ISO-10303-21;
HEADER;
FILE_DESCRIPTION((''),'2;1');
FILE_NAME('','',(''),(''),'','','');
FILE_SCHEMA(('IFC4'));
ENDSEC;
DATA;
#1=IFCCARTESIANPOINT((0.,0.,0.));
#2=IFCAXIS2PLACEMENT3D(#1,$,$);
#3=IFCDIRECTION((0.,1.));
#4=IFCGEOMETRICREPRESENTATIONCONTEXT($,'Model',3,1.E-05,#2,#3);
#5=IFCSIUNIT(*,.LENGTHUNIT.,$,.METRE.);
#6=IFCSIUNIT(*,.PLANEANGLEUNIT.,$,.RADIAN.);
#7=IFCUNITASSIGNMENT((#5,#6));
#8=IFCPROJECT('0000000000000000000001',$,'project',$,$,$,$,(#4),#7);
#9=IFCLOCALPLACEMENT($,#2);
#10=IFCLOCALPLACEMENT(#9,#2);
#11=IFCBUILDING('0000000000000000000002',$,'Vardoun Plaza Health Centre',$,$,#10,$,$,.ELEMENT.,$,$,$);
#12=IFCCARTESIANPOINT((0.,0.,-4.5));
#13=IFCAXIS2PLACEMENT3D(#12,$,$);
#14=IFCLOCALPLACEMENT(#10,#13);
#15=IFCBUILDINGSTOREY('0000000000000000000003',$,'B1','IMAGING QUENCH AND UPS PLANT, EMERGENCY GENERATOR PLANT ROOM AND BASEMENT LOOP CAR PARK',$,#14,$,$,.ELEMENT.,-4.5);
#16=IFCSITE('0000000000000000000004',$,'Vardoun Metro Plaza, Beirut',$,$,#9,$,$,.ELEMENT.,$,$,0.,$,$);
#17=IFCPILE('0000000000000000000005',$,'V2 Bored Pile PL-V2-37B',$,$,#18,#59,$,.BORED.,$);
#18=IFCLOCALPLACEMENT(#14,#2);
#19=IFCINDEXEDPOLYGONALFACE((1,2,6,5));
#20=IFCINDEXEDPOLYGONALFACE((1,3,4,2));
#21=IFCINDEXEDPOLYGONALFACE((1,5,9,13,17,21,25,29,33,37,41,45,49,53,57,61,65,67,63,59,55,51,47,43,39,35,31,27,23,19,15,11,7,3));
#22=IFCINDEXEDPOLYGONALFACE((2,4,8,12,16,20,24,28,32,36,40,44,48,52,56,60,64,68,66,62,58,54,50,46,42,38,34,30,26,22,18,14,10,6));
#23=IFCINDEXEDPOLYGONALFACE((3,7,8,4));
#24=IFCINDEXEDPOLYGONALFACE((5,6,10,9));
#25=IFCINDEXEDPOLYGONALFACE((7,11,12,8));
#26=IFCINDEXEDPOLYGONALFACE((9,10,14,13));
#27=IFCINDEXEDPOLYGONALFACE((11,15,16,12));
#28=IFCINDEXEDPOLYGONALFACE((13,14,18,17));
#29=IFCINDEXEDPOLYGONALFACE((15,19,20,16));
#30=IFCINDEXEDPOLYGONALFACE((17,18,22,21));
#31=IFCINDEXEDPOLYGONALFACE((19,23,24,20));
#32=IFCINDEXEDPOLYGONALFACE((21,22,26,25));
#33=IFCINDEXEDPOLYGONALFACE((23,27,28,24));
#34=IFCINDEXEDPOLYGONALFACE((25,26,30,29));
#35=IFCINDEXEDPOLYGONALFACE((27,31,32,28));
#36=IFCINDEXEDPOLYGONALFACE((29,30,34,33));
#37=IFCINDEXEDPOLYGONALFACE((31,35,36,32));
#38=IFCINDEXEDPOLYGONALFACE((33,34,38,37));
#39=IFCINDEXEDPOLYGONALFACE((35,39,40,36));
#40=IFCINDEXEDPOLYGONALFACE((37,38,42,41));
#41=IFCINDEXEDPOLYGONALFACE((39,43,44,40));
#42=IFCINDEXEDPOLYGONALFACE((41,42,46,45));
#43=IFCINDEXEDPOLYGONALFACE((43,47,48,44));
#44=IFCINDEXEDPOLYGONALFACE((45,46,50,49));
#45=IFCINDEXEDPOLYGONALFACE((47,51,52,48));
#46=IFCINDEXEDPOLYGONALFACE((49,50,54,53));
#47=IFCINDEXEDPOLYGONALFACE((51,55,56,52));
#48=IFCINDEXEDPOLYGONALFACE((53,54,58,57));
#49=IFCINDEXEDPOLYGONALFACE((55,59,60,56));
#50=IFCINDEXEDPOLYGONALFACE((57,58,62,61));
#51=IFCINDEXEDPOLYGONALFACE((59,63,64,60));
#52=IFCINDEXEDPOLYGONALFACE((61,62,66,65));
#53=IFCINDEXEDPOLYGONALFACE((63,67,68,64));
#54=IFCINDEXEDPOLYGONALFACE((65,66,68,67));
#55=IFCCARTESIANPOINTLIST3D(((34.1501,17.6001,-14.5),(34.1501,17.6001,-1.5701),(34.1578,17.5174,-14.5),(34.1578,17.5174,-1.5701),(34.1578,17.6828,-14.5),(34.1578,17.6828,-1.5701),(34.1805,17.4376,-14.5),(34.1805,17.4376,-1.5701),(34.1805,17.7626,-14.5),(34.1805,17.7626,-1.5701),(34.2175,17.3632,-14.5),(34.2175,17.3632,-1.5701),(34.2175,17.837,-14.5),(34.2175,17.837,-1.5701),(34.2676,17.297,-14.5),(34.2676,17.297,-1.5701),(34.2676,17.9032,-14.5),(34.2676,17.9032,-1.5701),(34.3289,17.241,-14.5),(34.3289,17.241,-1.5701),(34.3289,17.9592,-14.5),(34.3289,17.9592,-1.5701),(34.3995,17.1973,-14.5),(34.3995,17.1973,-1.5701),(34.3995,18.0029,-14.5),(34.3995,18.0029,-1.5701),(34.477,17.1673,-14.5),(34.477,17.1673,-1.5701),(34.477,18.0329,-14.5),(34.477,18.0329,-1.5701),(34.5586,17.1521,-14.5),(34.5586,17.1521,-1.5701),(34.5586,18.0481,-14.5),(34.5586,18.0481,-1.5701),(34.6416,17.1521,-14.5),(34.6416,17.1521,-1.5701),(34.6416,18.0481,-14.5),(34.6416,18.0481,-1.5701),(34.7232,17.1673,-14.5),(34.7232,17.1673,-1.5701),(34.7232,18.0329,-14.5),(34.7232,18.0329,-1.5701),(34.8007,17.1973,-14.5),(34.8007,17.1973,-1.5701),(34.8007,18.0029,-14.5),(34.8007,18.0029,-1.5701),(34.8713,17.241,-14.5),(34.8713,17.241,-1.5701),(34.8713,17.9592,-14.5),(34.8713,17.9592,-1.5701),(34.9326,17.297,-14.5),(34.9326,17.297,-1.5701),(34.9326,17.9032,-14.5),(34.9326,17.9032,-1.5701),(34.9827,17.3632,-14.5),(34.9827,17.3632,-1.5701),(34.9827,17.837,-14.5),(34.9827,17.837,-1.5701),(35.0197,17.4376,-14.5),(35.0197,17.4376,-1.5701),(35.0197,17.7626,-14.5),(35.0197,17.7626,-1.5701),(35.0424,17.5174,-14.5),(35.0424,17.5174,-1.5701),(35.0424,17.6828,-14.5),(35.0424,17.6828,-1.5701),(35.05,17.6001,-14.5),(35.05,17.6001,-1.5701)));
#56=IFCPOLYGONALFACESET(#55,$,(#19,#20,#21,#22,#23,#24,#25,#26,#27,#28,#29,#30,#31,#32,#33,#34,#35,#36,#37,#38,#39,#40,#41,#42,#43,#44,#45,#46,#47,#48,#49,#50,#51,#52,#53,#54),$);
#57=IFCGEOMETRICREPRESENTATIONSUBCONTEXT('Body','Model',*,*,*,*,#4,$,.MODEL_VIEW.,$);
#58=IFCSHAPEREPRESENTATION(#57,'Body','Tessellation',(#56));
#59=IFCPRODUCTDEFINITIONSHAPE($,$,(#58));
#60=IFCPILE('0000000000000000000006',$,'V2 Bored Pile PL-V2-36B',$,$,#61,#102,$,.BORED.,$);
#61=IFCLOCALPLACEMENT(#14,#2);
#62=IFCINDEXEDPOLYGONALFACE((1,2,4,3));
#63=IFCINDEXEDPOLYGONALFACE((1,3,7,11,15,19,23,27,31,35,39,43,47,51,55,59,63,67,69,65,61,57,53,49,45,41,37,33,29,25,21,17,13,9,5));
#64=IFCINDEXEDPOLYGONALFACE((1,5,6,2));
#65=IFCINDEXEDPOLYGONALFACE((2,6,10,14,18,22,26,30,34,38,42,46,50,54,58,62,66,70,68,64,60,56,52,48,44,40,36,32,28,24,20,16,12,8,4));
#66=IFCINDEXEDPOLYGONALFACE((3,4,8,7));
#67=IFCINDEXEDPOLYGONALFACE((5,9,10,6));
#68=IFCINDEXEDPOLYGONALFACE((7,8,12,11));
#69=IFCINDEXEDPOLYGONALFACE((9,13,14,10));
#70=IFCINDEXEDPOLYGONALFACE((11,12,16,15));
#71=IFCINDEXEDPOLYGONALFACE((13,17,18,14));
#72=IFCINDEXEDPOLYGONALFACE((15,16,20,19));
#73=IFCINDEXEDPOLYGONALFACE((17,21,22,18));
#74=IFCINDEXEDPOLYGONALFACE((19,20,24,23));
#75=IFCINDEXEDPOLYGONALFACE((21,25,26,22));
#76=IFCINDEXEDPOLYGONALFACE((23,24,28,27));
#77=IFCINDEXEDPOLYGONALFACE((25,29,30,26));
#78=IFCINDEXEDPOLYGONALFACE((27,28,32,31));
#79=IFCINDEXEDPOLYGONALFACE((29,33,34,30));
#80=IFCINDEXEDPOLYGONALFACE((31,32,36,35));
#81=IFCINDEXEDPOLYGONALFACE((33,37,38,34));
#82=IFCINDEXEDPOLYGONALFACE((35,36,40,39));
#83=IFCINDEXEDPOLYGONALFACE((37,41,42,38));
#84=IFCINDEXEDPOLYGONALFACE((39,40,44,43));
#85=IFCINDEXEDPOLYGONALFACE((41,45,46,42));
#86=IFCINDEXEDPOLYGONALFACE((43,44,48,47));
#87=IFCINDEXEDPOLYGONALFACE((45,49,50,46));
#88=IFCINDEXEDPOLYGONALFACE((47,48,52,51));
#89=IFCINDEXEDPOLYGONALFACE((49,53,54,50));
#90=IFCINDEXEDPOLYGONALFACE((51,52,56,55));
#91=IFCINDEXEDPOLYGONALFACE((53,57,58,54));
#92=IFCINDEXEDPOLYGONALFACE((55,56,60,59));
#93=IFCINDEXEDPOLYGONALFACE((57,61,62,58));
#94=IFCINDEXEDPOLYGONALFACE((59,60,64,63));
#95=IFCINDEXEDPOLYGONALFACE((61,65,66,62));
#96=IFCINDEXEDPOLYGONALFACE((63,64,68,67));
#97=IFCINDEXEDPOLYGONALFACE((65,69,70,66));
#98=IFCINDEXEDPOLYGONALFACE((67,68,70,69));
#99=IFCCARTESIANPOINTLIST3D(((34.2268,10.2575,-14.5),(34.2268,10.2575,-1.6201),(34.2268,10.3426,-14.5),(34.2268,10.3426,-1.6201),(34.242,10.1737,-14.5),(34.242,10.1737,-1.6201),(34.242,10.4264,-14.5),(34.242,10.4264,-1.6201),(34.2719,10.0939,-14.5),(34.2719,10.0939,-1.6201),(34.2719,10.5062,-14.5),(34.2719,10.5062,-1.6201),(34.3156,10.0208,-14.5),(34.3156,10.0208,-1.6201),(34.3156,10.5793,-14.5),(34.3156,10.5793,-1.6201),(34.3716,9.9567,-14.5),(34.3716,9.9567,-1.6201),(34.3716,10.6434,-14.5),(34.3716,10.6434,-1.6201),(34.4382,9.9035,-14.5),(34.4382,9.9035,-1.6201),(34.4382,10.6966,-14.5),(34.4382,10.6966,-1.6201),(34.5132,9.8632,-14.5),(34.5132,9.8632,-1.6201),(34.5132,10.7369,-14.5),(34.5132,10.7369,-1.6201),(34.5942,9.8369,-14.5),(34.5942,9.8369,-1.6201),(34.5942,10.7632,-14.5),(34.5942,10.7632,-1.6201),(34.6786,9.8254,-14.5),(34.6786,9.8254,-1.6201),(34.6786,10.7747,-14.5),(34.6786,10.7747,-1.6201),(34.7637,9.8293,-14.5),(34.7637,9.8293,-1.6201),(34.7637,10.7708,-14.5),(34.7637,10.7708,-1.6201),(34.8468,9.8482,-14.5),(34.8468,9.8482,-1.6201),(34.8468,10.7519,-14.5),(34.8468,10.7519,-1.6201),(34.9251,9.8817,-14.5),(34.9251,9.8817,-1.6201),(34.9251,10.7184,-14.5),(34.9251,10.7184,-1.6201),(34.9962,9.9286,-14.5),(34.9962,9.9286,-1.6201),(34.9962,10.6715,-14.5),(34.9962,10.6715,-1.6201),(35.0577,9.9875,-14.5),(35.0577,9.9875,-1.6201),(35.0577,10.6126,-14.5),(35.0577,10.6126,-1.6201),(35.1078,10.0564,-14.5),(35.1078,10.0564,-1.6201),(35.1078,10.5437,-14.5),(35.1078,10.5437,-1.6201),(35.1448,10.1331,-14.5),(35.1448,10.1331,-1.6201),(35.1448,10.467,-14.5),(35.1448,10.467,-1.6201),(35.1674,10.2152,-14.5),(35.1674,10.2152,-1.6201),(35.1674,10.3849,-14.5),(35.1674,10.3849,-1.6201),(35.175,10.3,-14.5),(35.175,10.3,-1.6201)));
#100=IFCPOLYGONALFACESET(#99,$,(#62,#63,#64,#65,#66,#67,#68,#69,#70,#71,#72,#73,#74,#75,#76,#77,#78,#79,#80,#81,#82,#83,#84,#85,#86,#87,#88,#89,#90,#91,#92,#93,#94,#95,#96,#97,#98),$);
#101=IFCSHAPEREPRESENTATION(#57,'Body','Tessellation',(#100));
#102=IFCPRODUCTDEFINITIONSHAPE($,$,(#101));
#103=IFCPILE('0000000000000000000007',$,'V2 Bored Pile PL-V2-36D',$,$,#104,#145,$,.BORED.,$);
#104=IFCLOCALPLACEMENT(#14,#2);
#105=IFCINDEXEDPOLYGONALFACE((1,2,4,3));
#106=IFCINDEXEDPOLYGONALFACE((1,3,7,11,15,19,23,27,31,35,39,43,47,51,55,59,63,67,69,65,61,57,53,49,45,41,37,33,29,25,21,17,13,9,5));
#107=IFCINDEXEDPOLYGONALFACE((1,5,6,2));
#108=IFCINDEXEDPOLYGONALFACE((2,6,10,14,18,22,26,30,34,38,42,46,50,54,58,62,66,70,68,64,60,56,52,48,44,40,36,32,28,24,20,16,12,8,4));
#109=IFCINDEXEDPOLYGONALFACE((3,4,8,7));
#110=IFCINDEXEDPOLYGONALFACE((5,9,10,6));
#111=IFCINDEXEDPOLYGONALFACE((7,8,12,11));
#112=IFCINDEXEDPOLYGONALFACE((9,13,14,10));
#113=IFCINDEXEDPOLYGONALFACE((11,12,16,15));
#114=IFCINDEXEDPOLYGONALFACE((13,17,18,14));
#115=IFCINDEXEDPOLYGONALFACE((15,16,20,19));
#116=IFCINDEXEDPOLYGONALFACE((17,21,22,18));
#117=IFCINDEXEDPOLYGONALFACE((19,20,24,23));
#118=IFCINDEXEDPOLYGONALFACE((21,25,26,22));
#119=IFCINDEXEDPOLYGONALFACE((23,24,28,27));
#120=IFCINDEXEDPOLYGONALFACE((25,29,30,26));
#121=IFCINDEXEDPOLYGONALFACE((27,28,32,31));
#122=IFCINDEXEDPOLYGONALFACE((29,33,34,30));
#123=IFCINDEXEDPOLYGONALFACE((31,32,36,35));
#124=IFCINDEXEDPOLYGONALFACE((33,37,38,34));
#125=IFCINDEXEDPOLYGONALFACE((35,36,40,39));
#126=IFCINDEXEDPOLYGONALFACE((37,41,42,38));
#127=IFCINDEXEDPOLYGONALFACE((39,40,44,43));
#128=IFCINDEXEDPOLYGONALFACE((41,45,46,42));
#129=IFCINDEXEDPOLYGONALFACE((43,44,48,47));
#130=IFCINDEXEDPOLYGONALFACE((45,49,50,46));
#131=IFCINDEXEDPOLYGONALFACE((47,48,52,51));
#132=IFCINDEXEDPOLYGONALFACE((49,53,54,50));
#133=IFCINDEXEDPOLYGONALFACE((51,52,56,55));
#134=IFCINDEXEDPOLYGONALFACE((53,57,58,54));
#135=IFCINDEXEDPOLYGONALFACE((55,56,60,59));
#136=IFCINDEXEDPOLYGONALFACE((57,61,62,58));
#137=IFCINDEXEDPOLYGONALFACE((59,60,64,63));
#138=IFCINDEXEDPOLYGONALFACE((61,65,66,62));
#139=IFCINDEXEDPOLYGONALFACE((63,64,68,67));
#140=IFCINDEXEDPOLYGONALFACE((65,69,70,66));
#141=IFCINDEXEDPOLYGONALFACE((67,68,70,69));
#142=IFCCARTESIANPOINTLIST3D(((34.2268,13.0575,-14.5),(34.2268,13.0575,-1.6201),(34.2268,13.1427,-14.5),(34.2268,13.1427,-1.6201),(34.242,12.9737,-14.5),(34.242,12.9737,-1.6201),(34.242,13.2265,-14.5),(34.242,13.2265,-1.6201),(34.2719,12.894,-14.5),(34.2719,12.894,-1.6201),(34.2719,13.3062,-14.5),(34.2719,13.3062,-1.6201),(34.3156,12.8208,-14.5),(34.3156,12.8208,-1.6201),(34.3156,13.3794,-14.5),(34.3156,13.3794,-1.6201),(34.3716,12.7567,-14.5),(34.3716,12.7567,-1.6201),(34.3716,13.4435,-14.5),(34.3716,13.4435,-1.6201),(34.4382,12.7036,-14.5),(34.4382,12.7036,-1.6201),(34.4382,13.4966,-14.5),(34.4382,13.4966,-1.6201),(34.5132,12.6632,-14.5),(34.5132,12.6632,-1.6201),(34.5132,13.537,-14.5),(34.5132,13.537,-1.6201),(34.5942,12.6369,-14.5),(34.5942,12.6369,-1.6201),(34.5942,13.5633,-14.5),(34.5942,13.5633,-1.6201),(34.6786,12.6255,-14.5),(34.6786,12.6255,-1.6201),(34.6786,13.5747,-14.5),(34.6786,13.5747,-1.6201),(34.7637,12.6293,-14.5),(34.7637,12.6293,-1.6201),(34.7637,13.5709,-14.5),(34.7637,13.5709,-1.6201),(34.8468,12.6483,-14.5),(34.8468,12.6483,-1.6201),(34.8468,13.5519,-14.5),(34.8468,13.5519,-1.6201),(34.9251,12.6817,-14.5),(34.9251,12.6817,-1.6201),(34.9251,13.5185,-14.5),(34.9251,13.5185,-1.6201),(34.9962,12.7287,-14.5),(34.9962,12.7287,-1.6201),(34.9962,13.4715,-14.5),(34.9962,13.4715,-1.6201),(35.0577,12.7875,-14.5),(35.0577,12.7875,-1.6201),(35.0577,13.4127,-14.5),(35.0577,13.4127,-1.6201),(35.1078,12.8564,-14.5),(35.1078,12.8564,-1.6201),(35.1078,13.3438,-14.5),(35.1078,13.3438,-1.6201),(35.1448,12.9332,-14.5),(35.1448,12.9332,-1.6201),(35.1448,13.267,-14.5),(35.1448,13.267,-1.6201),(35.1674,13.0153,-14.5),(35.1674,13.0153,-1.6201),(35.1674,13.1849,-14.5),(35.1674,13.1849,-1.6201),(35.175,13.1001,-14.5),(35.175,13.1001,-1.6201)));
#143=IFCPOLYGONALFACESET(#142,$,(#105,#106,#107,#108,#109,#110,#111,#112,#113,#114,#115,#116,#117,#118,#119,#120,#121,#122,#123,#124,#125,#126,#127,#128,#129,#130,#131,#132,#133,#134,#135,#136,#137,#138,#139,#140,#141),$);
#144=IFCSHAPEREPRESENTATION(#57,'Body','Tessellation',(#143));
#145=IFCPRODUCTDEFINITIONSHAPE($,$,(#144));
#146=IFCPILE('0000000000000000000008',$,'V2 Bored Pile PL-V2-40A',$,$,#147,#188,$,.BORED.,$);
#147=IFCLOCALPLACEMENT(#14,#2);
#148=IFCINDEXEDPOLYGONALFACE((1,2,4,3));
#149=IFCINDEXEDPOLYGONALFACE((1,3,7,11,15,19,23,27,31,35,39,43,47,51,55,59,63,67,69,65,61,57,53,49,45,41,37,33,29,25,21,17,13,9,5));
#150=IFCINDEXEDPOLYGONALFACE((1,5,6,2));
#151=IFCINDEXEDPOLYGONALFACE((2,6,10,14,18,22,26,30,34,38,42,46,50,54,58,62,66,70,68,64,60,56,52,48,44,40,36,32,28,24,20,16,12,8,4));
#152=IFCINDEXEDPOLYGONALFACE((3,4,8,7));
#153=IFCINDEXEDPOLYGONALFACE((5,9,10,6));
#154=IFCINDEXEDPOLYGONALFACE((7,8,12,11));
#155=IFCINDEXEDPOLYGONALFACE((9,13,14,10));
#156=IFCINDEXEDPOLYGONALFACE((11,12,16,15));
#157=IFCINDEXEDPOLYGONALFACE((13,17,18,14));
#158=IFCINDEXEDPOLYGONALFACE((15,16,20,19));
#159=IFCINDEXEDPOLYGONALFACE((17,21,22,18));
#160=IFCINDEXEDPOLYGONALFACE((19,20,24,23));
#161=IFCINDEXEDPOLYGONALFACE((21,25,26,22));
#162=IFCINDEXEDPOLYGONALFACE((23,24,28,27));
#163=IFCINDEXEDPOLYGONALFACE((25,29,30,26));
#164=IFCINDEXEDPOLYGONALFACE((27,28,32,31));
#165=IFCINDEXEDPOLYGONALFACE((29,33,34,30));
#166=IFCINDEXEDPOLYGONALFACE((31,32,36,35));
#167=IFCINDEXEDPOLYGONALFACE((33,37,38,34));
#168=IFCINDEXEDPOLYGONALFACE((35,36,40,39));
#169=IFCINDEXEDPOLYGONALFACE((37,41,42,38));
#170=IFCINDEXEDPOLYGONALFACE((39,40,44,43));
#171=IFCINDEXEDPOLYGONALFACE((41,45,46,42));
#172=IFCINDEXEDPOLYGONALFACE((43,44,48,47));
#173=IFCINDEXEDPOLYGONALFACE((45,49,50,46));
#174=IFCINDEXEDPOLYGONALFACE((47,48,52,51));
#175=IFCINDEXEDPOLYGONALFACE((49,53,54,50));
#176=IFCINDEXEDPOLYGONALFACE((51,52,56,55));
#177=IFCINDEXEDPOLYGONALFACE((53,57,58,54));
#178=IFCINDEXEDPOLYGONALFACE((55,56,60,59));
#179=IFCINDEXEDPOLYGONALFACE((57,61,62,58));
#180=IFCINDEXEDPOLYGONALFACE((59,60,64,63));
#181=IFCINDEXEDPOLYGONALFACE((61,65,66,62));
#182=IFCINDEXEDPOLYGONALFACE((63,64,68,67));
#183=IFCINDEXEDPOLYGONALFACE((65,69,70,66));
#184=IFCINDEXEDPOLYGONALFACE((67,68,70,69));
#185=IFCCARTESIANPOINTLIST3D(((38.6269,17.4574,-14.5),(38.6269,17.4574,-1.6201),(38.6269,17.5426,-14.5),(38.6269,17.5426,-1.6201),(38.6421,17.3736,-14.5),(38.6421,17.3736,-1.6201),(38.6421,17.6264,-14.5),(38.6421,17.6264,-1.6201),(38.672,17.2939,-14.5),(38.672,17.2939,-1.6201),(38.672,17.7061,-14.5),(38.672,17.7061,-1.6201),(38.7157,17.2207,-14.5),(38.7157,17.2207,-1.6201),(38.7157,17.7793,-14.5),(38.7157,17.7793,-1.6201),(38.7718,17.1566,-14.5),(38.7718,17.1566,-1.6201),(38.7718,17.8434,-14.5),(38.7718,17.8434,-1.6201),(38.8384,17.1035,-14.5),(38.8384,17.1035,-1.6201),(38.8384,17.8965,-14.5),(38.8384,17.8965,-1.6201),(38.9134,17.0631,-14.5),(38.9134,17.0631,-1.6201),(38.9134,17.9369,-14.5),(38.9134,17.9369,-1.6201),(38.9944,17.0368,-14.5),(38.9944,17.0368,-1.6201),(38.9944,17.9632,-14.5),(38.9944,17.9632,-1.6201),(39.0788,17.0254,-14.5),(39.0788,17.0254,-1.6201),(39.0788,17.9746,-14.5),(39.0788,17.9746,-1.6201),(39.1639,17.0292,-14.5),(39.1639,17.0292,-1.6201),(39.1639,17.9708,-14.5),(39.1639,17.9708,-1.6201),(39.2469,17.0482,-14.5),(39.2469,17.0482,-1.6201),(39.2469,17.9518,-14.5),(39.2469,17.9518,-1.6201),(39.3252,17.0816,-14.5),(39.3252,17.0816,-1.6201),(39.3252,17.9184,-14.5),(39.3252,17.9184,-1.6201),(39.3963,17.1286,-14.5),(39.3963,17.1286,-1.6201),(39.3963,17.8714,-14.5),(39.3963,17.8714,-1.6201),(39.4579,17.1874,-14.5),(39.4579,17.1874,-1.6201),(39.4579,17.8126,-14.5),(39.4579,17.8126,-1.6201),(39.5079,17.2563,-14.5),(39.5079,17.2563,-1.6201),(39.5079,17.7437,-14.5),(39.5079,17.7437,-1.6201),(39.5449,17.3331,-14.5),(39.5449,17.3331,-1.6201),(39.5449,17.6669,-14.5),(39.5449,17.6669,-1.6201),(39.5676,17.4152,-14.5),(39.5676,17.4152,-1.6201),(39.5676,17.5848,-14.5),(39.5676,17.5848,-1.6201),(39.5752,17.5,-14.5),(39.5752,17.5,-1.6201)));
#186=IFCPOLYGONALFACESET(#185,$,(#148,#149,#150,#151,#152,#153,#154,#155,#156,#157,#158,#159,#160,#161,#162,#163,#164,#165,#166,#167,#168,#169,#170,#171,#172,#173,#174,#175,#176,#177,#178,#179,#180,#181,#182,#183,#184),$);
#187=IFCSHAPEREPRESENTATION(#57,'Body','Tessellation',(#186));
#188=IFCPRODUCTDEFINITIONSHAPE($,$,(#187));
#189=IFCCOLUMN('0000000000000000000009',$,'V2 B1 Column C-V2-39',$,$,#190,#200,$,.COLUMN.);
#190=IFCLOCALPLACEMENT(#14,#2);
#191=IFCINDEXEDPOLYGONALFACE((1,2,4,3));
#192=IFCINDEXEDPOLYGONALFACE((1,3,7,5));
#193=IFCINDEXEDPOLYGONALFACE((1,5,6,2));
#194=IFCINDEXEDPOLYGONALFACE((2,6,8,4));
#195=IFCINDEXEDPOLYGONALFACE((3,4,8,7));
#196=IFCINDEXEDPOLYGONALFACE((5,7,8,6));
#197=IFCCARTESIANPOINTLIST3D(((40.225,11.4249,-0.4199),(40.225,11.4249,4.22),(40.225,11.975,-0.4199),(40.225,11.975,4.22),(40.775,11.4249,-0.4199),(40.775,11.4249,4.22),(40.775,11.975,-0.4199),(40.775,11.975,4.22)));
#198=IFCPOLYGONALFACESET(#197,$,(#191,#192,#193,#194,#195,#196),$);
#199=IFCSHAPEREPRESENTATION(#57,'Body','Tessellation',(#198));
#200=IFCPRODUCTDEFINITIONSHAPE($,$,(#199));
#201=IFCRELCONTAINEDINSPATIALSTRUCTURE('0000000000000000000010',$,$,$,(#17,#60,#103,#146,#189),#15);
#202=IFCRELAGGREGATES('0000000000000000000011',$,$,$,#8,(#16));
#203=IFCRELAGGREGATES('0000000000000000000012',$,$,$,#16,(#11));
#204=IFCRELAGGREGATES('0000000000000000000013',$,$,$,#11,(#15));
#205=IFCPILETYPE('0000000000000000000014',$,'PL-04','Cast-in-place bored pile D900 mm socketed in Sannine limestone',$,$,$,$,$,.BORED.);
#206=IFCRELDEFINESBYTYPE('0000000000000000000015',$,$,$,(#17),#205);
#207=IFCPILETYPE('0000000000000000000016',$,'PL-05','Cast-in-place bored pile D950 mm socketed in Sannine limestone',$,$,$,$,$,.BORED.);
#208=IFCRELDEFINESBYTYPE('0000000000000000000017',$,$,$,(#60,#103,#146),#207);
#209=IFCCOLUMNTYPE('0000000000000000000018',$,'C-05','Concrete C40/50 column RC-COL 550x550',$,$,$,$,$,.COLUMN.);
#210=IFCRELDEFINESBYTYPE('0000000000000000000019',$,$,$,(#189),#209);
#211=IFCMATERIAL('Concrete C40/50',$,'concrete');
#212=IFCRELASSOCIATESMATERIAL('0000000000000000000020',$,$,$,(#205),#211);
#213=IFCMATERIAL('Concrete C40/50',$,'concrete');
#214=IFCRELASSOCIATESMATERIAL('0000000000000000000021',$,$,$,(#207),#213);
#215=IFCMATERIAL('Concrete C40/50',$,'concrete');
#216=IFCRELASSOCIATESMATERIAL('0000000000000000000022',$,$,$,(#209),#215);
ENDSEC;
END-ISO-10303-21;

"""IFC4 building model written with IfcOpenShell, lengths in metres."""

from ifc_helpers import new_model, si_unit, direction, frame, origin, origin_2d, place, context, subcontext, project, spatial, rectangle, circle, extrude, material, material_profile, profile_set, type_object, element, save


model = new_model("IFC4")

# Units and contexts
model_context = context("Model", 3, precision=1e-05, world=origin(), true_north=direction((0.0, 1.0)))
body_context = subcontext(model_context, "Body", "Model", "MODEL_VIEW")
ifc_project = project(units=[si_unit("LENGTHUNIT", "METRE"), si_unit("PLANEANGLEUNIT", "RADIAN")], contexts=[model_context])

# Site, building, storey
site_placement = place(None, origin())
site = spatial("IfcSite", under=ifc_project, at=site_placement, Name="Vardoun Metro Plaza, Beirut", CompositionType="ELEMENT", RefElevation=0.0)
building_placement = place(site_placement, origin())
building = spatial("IfcBuilding", under=site, at=building_placement, Name="Vardoun Plaza Health Centre", CompositionType="ELEMENT")
storey_placement = place(building_placement, frame((0.0, 0.0, -4.5)))
storey = spatial("IfcBuildingStorey", under=building, at=storey_placement, Name="B1", Description="IMAGING QUENCH AND UPS PLANT, EMERGENCY GENERATOR PLANT ROOM AND BASEMENT LOOP CAR PARK", CompositionType="ELEMENT", Elevation=-4.5)

# Piles
ifc_material_1 = material(Name="Concrete C40/50", Category="concrete")
ifc_material_profile_1 = material_profile(ifc_material_1, circle(Radius=0.45, at=origin_2d()), Name="PILE D900")
ifc_profile_set_1 = profile_set([ifc_material_profile_1], Name="Concrete C40/50")
pile_type_1 = type_object("IfcPileType", Name="PL-04", Description="Cast-in-place bored pile D900 mm socketed in Sannine limestone", PredefinedType="BORED", material=ifc_profile_set_1)
pile_placement = place(storey_placement, frame((34.6001, 17.6001, -1.5701), z_axis=(0.0, 0.0, -1.0), x_axis=(1.0, 0.0, 0.0)))
element("IfcPile", 1, at=pile_placement, inside=storey, type_object=pile_type_1, Name="V2 Bored Pile PL-V2-37B", PredefinedType="BORED", context=body_context, shape_type="SweptSolid", body=[
    extrude(circle(Radius=0.45, at=origin_2d()), origin(), (0.0, 0.0, 1.0), 12.9299),
])
ifc_material_2 = material(Name="Concrete C40/50", Category="concrete")
ifc_material_profile_2 = material_profile(ifc_material_2, circle(Radius=0.4751, at=origin_2d()), Name="PILE D950")
ifc_profile_set_2 = profile_set([ifc_material_profile_2], Name="Concrete C40/50")
pile_type_2 = type_object("IfcPileType", Name="PL-05", Description="Cast-in-place bored pile D950 mm socketed in Sannine limestone", PredefinedType="BORED", material=ifc_profile_set_2)
for number, where, z_axis, x_axis, name in (
    (2, (34.7, 10.3, -1.6201), (0.0, 0.0, -1.0), (1.0, 0.0, 0.0), "V2 Bored Pile PL-V2-36B"),
    (3, (34.7, 13.1001, -1.6201), (0.0, 0.0, -1.0), (1.0, 0.0, 0.0), "V2 Bored Pile PL-V2-36D"),
    (4, (39.1001, 17.5, -1.6201), (0.0, 0.0, -1.0), (1.0, 0.0, 0.0), "V2 Bored Pile PL-V2-40A"),
):
    element("IfcPile", number, at=place(storey_placement, frame(where, z_axis=z_axis, x_axis=x_axis)), inside=storey, type_object=pile_type_2, Name=name, PredefinedType="BORED", context=body_context, shape_type="SweptSolid", body=[
        extrude(circle(Radius=0.4751, at=origin_2d()), origin(), (0.0, 0.0, 1.0), 12.8799),
    ])

# Column
ifc_material_3 = material(Name="Concrete C40/50", Category="concrete")
ifc_material_profile_3 = material_profile(ifc_material_3, rectangle(XDim=0.55, YDim=0.55, at=origin_2d()), Name="RC-COL 550x550")
ifc_profile_set_3 = profile_set([ifc_material_profile_3], Name="Concrete C40/50")
column_type_1 = type_object("IfcColumnType", Name="C-05", Description="Concrete C40/50 column RC-COL 550x550", PredefinedType="COLUMN", material=ifc_profile_set_3)
column_1_placement = place(storey_placement, frame((40.5, 11.7, -0.4199), z_axis=(0.0, 0.0, 1.0), x_axis=(1.0, 0.0, 0.0)))
element("IfcColumn", 5, at=column_1_placement, inside=storey, type_object=column_type_1, Name="V2 B1 Column C-V2-39", PredefinedType="COLUMN", context=body_context, shape_type="SweptSolid", body=[
    extrude(rectangle(XDim=0.55, YDim=0.55, at=origin_2d()), origin(), (0.0, 0.0, 1.0), 4.6399),
])

save(model, "model.ifc")
